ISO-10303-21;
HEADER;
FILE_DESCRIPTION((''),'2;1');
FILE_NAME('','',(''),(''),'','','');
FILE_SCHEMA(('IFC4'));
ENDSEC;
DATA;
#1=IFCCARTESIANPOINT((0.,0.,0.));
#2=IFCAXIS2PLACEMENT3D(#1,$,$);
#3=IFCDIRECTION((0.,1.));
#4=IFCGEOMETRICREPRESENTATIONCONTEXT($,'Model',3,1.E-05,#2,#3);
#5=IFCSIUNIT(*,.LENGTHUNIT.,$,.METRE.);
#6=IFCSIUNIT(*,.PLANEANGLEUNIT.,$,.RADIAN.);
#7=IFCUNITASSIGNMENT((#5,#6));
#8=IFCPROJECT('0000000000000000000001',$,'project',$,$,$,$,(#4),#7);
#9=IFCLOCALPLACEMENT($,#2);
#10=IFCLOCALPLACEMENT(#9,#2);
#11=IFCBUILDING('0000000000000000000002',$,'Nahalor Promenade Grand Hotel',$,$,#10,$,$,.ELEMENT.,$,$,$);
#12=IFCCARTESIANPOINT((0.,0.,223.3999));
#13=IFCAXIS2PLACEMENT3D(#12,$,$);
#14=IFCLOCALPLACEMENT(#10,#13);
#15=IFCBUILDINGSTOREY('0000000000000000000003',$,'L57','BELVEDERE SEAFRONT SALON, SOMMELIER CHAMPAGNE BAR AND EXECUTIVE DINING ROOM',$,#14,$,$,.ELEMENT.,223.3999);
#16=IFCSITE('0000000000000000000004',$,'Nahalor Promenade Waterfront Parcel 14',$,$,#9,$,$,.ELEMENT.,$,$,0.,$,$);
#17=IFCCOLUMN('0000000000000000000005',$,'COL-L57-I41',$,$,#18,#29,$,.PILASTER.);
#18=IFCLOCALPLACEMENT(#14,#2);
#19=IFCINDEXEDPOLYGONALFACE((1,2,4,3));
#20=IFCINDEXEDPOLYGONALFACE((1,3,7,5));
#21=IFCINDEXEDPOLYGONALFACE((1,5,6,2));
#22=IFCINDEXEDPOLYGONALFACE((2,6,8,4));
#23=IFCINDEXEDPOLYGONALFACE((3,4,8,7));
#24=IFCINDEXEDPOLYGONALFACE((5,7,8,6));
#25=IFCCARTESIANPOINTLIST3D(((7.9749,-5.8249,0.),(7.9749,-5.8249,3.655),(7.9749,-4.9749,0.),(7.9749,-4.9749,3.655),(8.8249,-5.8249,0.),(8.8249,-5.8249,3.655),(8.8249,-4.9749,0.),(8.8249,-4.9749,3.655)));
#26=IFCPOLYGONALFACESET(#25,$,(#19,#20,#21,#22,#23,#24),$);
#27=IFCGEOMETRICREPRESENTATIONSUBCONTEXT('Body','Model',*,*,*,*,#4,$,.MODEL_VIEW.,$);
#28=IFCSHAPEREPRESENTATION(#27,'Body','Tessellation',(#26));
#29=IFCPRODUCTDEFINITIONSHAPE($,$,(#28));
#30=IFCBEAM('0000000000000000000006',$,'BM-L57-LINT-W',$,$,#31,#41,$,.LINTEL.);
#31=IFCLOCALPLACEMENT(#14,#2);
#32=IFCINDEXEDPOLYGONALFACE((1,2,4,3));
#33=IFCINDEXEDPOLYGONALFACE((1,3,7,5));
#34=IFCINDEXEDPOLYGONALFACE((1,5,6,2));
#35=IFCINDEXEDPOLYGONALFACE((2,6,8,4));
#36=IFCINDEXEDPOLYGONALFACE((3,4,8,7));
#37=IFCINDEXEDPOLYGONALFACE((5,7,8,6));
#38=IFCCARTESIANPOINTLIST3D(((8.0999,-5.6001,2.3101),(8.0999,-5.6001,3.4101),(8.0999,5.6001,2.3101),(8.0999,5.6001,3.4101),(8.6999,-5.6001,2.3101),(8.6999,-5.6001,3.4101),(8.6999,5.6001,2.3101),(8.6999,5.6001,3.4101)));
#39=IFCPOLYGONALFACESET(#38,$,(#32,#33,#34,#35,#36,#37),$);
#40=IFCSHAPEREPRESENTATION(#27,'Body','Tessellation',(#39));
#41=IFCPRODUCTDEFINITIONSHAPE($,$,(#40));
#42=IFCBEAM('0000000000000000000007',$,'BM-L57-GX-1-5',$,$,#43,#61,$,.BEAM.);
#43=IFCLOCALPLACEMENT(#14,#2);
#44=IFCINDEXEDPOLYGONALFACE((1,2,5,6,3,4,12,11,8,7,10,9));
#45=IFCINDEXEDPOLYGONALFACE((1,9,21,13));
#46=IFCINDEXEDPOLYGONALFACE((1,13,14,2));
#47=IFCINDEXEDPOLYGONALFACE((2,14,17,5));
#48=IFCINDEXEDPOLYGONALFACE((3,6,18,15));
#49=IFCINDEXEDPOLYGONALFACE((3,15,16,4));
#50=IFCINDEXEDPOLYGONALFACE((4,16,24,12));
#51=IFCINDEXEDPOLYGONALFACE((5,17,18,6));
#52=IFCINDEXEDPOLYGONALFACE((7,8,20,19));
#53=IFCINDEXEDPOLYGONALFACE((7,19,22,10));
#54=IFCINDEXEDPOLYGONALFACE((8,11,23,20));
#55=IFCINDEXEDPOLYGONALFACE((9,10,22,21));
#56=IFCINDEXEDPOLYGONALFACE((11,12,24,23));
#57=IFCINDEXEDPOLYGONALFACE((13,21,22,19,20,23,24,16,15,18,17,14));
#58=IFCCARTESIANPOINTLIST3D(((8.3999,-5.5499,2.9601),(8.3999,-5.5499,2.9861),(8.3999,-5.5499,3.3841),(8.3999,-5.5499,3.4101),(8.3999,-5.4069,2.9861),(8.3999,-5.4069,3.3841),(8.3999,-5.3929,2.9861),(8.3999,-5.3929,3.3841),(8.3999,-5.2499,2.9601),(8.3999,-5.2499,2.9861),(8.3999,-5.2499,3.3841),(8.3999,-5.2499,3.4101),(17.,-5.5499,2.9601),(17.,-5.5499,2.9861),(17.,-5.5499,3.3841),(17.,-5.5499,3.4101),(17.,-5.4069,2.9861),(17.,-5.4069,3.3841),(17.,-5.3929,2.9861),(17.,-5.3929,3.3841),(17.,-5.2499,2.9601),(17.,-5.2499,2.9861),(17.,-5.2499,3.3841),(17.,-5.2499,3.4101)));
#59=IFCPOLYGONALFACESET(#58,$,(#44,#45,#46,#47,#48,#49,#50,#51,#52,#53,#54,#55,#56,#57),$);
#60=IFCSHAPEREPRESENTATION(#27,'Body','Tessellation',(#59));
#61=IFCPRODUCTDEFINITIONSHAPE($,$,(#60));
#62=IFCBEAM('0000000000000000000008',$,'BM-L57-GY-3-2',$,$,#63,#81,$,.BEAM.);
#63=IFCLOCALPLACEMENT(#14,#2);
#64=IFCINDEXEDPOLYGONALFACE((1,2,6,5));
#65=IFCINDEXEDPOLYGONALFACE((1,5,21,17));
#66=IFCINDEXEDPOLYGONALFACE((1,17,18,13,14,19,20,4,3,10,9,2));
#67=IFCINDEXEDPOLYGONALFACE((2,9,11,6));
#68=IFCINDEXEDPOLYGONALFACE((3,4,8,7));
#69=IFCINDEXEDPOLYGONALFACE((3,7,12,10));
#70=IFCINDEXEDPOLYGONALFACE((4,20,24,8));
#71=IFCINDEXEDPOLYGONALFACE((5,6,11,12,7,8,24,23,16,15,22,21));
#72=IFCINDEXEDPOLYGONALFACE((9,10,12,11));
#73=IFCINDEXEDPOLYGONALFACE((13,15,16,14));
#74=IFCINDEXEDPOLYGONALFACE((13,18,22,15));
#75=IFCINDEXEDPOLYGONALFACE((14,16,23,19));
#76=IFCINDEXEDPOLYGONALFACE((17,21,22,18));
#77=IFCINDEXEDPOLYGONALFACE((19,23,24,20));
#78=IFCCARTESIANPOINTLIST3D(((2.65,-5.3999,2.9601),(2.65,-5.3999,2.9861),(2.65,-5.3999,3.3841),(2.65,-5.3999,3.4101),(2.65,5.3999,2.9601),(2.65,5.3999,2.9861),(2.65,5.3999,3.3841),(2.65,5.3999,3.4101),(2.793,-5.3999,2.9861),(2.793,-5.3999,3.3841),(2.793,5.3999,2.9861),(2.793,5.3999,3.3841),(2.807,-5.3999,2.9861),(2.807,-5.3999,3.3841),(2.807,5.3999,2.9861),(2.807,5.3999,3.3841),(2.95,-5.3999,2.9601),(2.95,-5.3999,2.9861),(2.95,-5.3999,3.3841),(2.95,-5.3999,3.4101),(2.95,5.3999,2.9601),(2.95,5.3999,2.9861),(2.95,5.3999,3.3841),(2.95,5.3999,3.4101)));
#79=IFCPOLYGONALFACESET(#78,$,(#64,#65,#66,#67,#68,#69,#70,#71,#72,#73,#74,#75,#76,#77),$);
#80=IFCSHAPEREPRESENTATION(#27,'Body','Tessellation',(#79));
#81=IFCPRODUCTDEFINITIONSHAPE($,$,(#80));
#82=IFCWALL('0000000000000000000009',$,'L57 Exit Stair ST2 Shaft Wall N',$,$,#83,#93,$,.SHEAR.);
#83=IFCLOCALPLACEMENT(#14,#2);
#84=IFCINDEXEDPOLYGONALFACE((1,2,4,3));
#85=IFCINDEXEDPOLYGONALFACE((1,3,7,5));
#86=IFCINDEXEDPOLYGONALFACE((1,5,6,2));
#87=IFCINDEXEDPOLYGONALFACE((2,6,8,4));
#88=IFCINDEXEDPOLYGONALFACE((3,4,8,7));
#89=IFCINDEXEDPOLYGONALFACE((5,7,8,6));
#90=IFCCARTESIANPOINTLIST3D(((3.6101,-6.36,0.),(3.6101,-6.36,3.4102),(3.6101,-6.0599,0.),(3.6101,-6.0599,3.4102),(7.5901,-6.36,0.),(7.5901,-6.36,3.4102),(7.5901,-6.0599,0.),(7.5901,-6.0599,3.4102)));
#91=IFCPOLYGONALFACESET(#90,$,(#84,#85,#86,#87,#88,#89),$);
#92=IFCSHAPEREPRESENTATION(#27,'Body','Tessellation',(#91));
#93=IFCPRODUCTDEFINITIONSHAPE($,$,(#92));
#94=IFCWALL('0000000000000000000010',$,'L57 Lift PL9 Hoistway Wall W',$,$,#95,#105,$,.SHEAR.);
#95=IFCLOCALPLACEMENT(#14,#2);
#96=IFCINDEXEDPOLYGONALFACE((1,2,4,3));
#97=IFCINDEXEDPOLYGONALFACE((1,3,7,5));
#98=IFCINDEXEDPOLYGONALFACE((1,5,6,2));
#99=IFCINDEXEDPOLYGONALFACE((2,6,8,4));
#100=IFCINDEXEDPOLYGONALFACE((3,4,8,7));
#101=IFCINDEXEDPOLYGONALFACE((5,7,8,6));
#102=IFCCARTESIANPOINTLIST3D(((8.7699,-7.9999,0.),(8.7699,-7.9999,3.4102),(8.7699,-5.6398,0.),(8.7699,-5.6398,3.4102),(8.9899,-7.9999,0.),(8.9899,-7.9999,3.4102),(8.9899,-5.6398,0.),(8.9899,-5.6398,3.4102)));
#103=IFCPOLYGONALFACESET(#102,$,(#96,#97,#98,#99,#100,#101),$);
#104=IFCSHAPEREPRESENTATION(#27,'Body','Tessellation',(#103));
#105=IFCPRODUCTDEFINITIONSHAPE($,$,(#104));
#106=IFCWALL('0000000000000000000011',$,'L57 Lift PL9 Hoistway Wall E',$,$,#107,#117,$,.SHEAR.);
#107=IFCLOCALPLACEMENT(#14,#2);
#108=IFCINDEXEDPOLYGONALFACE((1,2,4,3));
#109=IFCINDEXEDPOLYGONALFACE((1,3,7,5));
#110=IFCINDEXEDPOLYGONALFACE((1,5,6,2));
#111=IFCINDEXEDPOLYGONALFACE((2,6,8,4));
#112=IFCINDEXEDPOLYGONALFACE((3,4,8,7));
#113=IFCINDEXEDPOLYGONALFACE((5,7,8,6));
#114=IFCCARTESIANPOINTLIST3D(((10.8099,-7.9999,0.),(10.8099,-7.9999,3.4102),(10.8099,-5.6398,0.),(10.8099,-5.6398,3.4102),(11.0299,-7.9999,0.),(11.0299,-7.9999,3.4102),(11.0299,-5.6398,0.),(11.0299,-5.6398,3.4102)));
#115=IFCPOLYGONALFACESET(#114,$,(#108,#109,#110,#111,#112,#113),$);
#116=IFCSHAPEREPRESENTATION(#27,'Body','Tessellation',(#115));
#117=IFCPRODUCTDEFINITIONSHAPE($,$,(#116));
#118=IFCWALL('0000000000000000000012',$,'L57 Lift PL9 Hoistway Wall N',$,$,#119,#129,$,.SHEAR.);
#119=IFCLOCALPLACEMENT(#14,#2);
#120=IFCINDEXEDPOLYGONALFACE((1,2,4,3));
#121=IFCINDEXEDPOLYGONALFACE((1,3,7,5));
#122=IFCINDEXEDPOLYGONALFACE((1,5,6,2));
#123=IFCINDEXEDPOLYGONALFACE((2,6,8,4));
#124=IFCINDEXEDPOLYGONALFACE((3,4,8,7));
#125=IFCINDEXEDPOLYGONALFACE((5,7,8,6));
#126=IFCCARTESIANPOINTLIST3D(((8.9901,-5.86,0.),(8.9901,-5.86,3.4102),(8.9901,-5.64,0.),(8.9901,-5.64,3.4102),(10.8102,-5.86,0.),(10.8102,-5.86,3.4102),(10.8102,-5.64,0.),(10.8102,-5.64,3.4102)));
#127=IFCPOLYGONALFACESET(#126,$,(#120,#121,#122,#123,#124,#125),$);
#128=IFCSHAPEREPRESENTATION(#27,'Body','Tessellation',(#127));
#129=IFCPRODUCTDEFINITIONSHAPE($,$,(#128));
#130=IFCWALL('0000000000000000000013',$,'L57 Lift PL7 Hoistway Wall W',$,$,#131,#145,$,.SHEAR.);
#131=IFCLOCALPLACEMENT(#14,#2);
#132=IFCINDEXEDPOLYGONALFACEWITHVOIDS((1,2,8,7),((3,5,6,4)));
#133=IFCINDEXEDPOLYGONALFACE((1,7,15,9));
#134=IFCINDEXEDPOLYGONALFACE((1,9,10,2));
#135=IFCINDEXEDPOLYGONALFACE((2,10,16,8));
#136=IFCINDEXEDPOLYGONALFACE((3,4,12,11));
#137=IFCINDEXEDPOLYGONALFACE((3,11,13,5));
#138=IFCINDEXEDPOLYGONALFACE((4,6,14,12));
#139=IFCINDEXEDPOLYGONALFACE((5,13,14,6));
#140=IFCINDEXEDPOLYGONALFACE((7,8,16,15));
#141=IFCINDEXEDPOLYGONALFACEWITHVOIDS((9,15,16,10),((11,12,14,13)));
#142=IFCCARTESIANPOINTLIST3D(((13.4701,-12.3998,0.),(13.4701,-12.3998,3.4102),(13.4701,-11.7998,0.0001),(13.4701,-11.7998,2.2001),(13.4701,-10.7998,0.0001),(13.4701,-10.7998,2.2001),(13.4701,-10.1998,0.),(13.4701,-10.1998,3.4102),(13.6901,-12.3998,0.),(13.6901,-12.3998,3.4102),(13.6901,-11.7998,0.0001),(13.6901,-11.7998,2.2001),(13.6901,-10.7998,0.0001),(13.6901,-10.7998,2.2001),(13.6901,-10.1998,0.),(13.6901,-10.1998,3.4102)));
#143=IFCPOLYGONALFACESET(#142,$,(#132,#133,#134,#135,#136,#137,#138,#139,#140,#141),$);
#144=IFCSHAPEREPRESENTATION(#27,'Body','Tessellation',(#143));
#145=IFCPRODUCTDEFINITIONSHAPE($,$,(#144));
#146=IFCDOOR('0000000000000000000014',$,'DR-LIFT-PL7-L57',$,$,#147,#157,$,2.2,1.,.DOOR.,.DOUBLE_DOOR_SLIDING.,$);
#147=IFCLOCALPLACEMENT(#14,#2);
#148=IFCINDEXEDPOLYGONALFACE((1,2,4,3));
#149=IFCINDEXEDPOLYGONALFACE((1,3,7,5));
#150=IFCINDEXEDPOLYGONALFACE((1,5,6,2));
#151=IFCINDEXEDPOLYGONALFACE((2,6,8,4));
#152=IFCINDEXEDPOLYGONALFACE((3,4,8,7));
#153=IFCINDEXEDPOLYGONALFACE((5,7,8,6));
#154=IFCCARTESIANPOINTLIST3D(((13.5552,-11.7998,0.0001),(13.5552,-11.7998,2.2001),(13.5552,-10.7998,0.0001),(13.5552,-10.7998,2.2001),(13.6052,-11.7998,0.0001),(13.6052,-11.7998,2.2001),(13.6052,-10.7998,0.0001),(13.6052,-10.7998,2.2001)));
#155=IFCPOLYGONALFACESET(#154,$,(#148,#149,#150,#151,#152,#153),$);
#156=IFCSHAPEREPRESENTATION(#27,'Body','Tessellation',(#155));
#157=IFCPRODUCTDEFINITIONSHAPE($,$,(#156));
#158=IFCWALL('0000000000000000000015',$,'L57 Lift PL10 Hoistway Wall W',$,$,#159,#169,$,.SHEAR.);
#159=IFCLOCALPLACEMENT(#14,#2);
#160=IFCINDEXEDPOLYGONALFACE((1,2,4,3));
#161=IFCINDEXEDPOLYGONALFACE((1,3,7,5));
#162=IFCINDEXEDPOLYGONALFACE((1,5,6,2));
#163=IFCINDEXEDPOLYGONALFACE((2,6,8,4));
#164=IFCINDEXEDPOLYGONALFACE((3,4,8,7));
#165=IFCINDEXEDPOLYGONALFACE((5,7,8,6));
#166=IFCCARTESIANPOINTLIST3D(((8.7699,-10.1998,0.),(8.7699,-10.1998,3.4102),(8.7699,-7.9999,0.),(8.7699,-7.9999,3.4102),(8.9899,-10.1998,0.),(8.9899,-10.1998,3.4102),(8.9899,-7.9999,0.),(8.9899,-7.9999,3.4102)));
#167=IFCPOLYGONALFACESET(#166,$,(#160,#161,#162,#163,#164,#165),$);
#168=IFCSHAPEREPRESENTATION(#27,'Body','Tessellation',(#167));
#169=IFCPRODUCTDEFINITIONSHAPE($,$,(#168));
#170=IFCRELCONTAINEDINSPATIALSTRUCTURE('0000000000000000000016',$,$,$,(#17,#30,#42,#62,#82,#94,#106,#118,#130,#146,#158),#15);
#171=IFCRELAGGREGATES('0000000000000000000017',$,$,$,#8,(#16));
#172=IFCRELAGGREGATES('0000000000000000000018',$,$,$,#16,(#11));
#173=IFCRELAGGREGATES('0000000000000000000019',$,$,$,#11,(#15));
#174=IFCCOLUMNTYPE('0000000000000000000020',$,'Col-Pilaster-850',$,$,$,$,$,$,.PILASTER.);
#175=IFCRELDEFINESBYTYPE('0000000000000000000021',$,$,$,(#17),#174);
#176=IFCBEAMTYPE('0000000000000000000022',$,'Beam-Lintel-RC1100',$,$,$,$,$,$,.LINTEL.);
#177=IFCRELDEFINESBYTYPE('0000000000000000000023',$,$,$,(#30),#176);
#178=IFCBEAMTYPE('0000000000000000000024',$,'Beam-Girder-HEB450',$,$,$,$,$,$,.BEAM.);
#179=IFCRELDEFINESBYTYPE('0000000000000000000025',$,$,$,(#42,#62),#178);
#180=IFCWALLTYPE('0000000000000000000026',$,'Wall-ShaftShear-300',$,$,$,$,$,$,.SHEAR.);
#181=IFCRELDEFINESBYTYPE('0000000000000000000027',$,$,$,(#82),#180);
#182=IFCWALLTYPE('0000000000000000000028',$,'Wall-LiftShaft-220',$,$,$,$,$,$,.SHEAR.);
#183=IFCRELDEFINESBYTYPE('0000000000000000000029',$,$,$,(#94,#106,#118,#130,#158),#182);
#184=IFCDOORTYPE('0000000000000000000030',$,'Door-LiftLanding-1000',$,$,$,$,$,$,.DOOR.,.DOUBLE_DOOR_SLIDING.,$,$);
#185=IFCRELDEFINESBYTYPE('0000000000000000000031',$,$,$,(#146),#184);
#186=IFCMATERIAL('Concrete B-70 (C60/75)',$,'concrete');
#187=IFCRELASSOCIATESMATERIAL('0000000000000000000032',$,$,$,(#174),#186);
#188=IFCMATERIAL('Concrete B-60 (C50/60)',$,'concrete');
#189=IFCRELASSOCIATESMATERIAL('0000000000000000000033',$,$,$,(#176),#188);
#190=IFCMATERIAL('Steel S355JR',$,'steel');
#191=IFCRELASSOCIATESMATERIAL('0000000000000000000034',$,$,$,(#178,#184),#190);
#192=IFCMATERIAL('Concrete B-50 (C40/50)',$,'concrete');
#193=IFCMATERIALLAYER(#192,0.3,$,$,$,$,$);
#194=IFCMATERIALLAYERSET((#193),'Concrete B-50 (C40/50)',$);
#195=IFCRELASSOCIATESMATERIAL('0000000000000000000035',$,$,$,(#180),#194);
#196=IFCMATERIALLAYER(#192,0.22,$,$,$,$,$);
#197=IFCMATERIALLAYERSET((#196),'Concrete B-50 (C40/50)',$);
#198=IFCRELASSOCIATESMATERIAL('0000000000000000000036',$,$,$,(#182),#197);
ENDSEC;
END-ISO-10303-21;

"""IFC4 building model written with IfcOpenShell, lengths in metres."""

from ifc_helpers import new_model, si_unit, direction, frame, frame_2d, origin, origin_2d, place, context, subcontext, project, spatial, rectangle, i_section, extrude, source, transform, mapped, material, layer, layer_set, material_profile, profile_set, type_object, element, fill, save


model = new_model("IFC4")

# Units and contexts
model_context = context("Model", 3, precision=1e-05, world=origin(), true_north=direction((0.0, 1.0)))
body_context = subcontext(model_context, "Body", "Model", "MODEL_VIEW")
ifc_project = project(units=[si_unit("LENGTHUNIT", "METRE"), si_unit("PLANEANGLEUNIT", "RADIAN")], contexts=[model_context])

# Site, building, storey
site_placement = place(None, origin())
site = spatial("IfcSite", under=ifc_project, at=site_placement, Name="Nahalor Promenade Waterfront Parcel 14", CompositionType="ELEMENT", RefElevation=0.0)
building_placement = place(site_placement, origin())
building = spatial("IfcBuilding", under=site, at=building_placement, Name="Nahalor Promenade Grand Hotel", CompositionType="ELEMENT")
storey_placement = place(building_placement, frame((0.0, 0.0, 223.3999)))
storey = spatial("IfcBuildingStorey", under=building, at=storey_placement, Name="L57", Description="BELVEDERE SEAFRONT SALON, SOMMELIER CHAMPAGNE BAR AND EXECUTIVE DINING ROOM", CompositionType="ELEMENT", Elevation=223.3999)

# Column
ifc_material_1 = material(Name="Concrete B-70 (C60/75)", Category="concrete")
ifc_material_profile_1 = material_profile(ifc_material_1, rectangle(XDim=0.85, YDim=0.85, at=origin_2d()), Name="RC 850x850")
ifc_profile_set_1 = profile_set([ifc_material_profile_1], Name="Concrete B-70 (C60/75)")
column_type = type_object("IfcColumnType", Name="Col-Pilaster-850", PredefinedType="PILASTER", material=ifc_profile_set_1)
shared_shape_1 = source(origin(), body_context, "Body", "SweptSolid", [
    extrude(rectangle(XDim=0.85, YDim=0.85, at=origin_2d()), origin(), (0.0, 0.0, 1.0), 3.655),
])
column_placement = place(storey_placement, frame((8.3999, -5.3999, 0.0), z_axis=(0.0, 0.0, 1.0), x_axis=(1.0, 0.0, 0.0)))
element("IfcColumn", 1, at=column_placement, inside=storey, type_object=column_type, Name="COL-L57-I41", PredefinedType="PILASTER", context=body_context, shape_type="MappedRepresentation", body=[
    mapped(shared_shape_1, transform((0.0, 0.0, 0.0), scale=1.0)),
])

# Beams
ifc_material_2 = material(Name="Concrete B-60 (C50/60)", Category="concrete")
ifc_material_profile_2 = material_profile(ifc_material_2, rectangle(XDim=0.6, YDim=1.1, at=origin_2d()), Name="RC 600x1100")
ifc_profile_set_2 = profile_set([ifc_material_profile_2], Name="Concrete B-60 (C50/60)")
beam_type_1 = type_object("IfcBeamType", Name="Beam-Lintel-RC1100", PredefinedType="LINTEL", material=ifc_profile_set_2)
shared_shape_2 = source(origin(), body_context, "Body", "SweptSolid", [
    extrude(rectangle(XDim=0.6, YDim=1.1, at=origin_2d()), origin(), (0.0, 0.0, 1.0), 11.2002),
])
beam_1_placement = place(storey_placement, frame((8.3999, -5.6001, 2.8601), z_axis=(0.0, 1.0, 0.0), x_axis=(-1.0, 0.0, 0.0)))
element("IfcBeam", 2, at=beam_1_placement, inside=storey, type_object=beam_type_1, Name="BM-L57-LINT-W", PredefinedType="LINTEL", context=body_context, shape_type="MappedRepresentation", body=[
    mapped(shared_shape_2, transform((0.0, 0.0, 0.0), scale=1.0)),
])
ifc_material_3 = material(Name="Steel S355JR", Category="steel")
ifc_material_profile_3 = material_profile(ifc_material_3, i_section(OverallWidth=0.3, OverallDepth=0.45, WebThickness=0.014, FlangeThickness=0.026, at=origin_2d()), Name="HEB 450")
ifc_profile_set_3 = profile_set([ifc_material_profile_3], Name="Steel S355JR")
beam_type_2 = type_object("IfcBeamType", Name="Beam-Girder-HEB450", PredefinedType="BEAM", material=ifc_profile_set_3)
shared_shape_3 = source(origin(), body_context, "Body", "SweptSolid", [
    extrude(i_section(OverallWidth=0.3, OverallDepth=0.45, WebThickness=0.014, FlangeThickness=0.026, at=origin_2d()), origin(), (0.0, 0.0, 1.0), 8.6001),
])
beam_2_placement = place(storey_placement, frame((8.3999, -5.3999, 3.1851), z_axis=(1.0, 0.0, 0.0), x_axis=(0.0, 1.0, 0.0)))
element("IfcBeam", 3, at=beam_2_placement, inside=storey, type_object=beam_type_2, Name="BM-L57-GX-1-5", PredefinedType="BEAM", context=body_context, shape_type="MappedRepresentation", body=[
    mapped(shared_shape_3, transform((0.0, 0.0, 0.0), scale=1.0)),
])
shared_shape_4 = source(origin(), body_context, "Body", "SweptSolid", [
    extrude(i_section(OverallWidth=0.3, OverallDepth=0.45, WebThickness=0.014, FlangeThickness=0.026, at=origin_2d()), origin(), (0.0, 0.0, 1.0), 10.7998),
])
beam_3_placement = place(storey_placement, frame((2.8, -5.3999, 3.1851), z_axis=(0.0, 1.0, 0.0), x_axis=(-1.0, 0.0, 0.0)))
element("IfcBeam", 4, at=beam_3_placement, inside=storey, type_object=beam_type_2, Name="BM-L57-GY-3-2", PredefinedType="BEAM", context=body_context, shape_type="MappedRepresentation", body=[
    mapped(shared_shape_4, transform((0.0, 0.0, 0.0), scale=1.0)),
])

# Walls
ifc_material_4 = material(Name="Concrete B-50 (C40/50)", Category="concrete")
ifc_layer_1 = layer(ifc_material_4, 0.3)
ifc_layer_set_1 = layer_set([ifc_layer_1], Name="Concrete B-50 (C40/50)")
wall_type_1 = type_object("IfcWallType", Name="Wall-ShaftShear-300", PredefinedType="SHEAR", material=ifc_layer_set_1)
shared_shape_5 = source(origin(), body_context, "Body", "SweptSolid", [
    extrude(rectangle(XDim=3.98, YDim=0.3, at=frame_2d((1.99, 0.0))), origin(), (0.0, 0.0, 1.0), 3.4102),
])
wall_1_placement = place(storey_placement, frame((3.6101, -6.21, 0.0), z_axis=(0.0, 0.0, 1.0), x_axis=(1.0, 0.0, 0.0)))
element("IfcWall", 5, at=wall_1_placement, inside=storey, type_object=wall_type_1, Name="L57 Exit Stair ST2 Shaft Wall N", PredefinedType="SHEAR", context=body_context, shape_type="MappedRepresentation", body=[
    mapped(shared_shape_5, transform((0.0, 0.0, 0.0), scale=1.0)),
])
ifc_layer_2 = layer(ifc_material_4, 0.22)
ifc_layer_set_2 = layer_set([ifc_layer_2], Name="Concrete B-50 (C40/50)")
wall_type_2 = type_object("IfcWallType", Name="Wall-LiftShaft-220", PredefinedType="SHEAR", material=ifc_layer_set_2)
shared_shape_6 = source(origin(), body_context, "Body", "SweptSolid", [
    extrude(rectangle(XDim=2.3601, YDim=0.22, at=frame_2d((1.1802, 0.0))), origin(), (0.0, 0.0, 1.0), 3.4102),
])
for number, where, z_axis, x_axis, name in (
    (6, (8.8799, -8.0, 0.0), (0.0, 0.0, 1.0), (0.0, 1.0, 0.0), "L57 Lift PL9 Hoistway Wall W"),
    (7, (10.9199, -8.0, 0.0), (0.0, 0.0, 1.0), (0.0, 1.0, 0.0), "L57 Lift PL9 Hoistway Wall E"),
):
    element("IfcWall", number, at=place(storey_placement, frame(where, z_axis=z_axis, x_axis=x_axis)), inside=storey, type_object=wall_type_2, Name=name, PredefinedType="SHEAR", context=body_context, shape_type="MappedRepresentation", body=[
        mapped(shared_shape_6, transform((0.0, 0.0, 0.0), scale=1.0)),
    ])
shared_shape_7 = source(origin(), body_context, "Body", "SweptSolid", [
    extrude(rectangle(XDim=1.8201, YDim=0.22, at=frame_2d((0.9102, 0.0))), origin(), (0.0, 0.0, 1.0), 3.4102),
])
wall_2_placement = place(storey_placement, frame((8.99, -5.75, 0.0), z_axis=(0.0, 0.0, 1.0), x_axis=(1.0, 0.0, 0.0)))
element("IfcWall", 8, at=wall_2_placement, inside=storey, type_object=wall_type_2, Name="L57 Lift PL9 Hoistway Wall N", PredefinedType="SHEAR", context=body_context, shape_type="MappedRepresentation", body=[
    mapped(shared_shape_7, transform((0.0, 0.0, 0.0), scale=1.0)),
])

# Wall, opening, door
shared_shape_8 = source(origin(), body_context, "Body", "SweptSolid", [
    extrude(rectangle(XDim=2.2, YDim=0.22, at=frame_2d((1.1001, 0.0))), origin(), (0.0, 0.0, 1.0), 3.4102),
])
wall_3_placement = place(storey_placement, frame((13.5801, -12.3999, 0.0), z_axis=(0.0, 0.0, 1.0), x_axis=(0.0, 1.0, 0.0)))
wall_3 = element("IfcWall", 9, at=wall_3_placement, inside=storey, type_object=wall_type_2, Name="L57 Lift PL7 Hoistway Wall W", PredefinedType="SHEAR", context=body_context, shape_type="MappedRepresentation", body=[
    mapped(shared_shape_8, transform((0.0, 0.0, 0.0), scale=1.0)),
])
opening_1_placement = place(wall_3_placement, frame((0.6001, 0.0, 0.0)))
opening_1 = element("IfcOpeningElement", 10, at=opening_1_placement, cuts=wall_3, PredefinedType="OPENING", context=body_context, shape_type="SweptSolid", body=[
    extrude(rectangle(XDim=1.0, YDim=2.2, at=frame_2d((0.5, 1.1001))), frame((0.0, 0.1199, 0.0), z_axis=(0.0, -1.0, 0.0), x_axis=(1.0, 0.0, 0.0)), (0.0, 0.0, 1.0), 0.24),
])
door_type = type_object("IfcDoorType", Name="Door-LiftLanding-1000", OperationType="DOUBLE_DOOR_SLIDING", PredefinedType="DOOR", material=ifc_material_3)
shared_shape_9 = source(origin(), body_context, "Body", "SweptSolid", [
    extrude(rectangle(XDim=1.0, YDim=2.2, at=frame_2d((0.5, 1.1001))), frame((0.0, 0.0249, 0.0), z_axis=(0.0, -1.0, 0.0), x_axis=(1.0, 0.0, 0.0)), (0.0, 0.0, 1.0), 0.05),
])
door_1_placement = place(opening_1_placement, origin())
door_1 = element("IfcDoor", 11, at=door_1_placement, inside=storey, type_object=door_type, Name="DR-LIFT-PL7-L57", OperationType="DOUBLE_DOOR_SLIDING", OverallHeight=2.2, OverallWidth=1.0, PredefinedType="DOOR", context=body_context, shape_type="MappedRepresentation", body=[
    mapped(shared_shape_9, transform((0.0, 0.0, 0.0), scale=1.0)),
])
fill(opening_1, door_1)

# Wall
for number, where, z_axis, x_axis, name in (
    (12, (8.8799, -10.2, 0.0), (0.0, 0.0, 1.0), (0.0, 1.0, 0.0), "L57 Lift PL10 Hoistway Wall W"),
):
    element("IfcWall", number, at=place(storey_placement, frame(where, z_axis=z_axis, x_axis=x_axis)), inside=storey, type_object=wall_type_2, Name=name, PredefinedType="SHEAR", context=body_context, shape_type="MappedRepresentation", body=[
        mapped(shared_shape_8, transform((0.0, 0.0, 0.0), scale=1.0)),
    ])

save(model, "model.ifc")
